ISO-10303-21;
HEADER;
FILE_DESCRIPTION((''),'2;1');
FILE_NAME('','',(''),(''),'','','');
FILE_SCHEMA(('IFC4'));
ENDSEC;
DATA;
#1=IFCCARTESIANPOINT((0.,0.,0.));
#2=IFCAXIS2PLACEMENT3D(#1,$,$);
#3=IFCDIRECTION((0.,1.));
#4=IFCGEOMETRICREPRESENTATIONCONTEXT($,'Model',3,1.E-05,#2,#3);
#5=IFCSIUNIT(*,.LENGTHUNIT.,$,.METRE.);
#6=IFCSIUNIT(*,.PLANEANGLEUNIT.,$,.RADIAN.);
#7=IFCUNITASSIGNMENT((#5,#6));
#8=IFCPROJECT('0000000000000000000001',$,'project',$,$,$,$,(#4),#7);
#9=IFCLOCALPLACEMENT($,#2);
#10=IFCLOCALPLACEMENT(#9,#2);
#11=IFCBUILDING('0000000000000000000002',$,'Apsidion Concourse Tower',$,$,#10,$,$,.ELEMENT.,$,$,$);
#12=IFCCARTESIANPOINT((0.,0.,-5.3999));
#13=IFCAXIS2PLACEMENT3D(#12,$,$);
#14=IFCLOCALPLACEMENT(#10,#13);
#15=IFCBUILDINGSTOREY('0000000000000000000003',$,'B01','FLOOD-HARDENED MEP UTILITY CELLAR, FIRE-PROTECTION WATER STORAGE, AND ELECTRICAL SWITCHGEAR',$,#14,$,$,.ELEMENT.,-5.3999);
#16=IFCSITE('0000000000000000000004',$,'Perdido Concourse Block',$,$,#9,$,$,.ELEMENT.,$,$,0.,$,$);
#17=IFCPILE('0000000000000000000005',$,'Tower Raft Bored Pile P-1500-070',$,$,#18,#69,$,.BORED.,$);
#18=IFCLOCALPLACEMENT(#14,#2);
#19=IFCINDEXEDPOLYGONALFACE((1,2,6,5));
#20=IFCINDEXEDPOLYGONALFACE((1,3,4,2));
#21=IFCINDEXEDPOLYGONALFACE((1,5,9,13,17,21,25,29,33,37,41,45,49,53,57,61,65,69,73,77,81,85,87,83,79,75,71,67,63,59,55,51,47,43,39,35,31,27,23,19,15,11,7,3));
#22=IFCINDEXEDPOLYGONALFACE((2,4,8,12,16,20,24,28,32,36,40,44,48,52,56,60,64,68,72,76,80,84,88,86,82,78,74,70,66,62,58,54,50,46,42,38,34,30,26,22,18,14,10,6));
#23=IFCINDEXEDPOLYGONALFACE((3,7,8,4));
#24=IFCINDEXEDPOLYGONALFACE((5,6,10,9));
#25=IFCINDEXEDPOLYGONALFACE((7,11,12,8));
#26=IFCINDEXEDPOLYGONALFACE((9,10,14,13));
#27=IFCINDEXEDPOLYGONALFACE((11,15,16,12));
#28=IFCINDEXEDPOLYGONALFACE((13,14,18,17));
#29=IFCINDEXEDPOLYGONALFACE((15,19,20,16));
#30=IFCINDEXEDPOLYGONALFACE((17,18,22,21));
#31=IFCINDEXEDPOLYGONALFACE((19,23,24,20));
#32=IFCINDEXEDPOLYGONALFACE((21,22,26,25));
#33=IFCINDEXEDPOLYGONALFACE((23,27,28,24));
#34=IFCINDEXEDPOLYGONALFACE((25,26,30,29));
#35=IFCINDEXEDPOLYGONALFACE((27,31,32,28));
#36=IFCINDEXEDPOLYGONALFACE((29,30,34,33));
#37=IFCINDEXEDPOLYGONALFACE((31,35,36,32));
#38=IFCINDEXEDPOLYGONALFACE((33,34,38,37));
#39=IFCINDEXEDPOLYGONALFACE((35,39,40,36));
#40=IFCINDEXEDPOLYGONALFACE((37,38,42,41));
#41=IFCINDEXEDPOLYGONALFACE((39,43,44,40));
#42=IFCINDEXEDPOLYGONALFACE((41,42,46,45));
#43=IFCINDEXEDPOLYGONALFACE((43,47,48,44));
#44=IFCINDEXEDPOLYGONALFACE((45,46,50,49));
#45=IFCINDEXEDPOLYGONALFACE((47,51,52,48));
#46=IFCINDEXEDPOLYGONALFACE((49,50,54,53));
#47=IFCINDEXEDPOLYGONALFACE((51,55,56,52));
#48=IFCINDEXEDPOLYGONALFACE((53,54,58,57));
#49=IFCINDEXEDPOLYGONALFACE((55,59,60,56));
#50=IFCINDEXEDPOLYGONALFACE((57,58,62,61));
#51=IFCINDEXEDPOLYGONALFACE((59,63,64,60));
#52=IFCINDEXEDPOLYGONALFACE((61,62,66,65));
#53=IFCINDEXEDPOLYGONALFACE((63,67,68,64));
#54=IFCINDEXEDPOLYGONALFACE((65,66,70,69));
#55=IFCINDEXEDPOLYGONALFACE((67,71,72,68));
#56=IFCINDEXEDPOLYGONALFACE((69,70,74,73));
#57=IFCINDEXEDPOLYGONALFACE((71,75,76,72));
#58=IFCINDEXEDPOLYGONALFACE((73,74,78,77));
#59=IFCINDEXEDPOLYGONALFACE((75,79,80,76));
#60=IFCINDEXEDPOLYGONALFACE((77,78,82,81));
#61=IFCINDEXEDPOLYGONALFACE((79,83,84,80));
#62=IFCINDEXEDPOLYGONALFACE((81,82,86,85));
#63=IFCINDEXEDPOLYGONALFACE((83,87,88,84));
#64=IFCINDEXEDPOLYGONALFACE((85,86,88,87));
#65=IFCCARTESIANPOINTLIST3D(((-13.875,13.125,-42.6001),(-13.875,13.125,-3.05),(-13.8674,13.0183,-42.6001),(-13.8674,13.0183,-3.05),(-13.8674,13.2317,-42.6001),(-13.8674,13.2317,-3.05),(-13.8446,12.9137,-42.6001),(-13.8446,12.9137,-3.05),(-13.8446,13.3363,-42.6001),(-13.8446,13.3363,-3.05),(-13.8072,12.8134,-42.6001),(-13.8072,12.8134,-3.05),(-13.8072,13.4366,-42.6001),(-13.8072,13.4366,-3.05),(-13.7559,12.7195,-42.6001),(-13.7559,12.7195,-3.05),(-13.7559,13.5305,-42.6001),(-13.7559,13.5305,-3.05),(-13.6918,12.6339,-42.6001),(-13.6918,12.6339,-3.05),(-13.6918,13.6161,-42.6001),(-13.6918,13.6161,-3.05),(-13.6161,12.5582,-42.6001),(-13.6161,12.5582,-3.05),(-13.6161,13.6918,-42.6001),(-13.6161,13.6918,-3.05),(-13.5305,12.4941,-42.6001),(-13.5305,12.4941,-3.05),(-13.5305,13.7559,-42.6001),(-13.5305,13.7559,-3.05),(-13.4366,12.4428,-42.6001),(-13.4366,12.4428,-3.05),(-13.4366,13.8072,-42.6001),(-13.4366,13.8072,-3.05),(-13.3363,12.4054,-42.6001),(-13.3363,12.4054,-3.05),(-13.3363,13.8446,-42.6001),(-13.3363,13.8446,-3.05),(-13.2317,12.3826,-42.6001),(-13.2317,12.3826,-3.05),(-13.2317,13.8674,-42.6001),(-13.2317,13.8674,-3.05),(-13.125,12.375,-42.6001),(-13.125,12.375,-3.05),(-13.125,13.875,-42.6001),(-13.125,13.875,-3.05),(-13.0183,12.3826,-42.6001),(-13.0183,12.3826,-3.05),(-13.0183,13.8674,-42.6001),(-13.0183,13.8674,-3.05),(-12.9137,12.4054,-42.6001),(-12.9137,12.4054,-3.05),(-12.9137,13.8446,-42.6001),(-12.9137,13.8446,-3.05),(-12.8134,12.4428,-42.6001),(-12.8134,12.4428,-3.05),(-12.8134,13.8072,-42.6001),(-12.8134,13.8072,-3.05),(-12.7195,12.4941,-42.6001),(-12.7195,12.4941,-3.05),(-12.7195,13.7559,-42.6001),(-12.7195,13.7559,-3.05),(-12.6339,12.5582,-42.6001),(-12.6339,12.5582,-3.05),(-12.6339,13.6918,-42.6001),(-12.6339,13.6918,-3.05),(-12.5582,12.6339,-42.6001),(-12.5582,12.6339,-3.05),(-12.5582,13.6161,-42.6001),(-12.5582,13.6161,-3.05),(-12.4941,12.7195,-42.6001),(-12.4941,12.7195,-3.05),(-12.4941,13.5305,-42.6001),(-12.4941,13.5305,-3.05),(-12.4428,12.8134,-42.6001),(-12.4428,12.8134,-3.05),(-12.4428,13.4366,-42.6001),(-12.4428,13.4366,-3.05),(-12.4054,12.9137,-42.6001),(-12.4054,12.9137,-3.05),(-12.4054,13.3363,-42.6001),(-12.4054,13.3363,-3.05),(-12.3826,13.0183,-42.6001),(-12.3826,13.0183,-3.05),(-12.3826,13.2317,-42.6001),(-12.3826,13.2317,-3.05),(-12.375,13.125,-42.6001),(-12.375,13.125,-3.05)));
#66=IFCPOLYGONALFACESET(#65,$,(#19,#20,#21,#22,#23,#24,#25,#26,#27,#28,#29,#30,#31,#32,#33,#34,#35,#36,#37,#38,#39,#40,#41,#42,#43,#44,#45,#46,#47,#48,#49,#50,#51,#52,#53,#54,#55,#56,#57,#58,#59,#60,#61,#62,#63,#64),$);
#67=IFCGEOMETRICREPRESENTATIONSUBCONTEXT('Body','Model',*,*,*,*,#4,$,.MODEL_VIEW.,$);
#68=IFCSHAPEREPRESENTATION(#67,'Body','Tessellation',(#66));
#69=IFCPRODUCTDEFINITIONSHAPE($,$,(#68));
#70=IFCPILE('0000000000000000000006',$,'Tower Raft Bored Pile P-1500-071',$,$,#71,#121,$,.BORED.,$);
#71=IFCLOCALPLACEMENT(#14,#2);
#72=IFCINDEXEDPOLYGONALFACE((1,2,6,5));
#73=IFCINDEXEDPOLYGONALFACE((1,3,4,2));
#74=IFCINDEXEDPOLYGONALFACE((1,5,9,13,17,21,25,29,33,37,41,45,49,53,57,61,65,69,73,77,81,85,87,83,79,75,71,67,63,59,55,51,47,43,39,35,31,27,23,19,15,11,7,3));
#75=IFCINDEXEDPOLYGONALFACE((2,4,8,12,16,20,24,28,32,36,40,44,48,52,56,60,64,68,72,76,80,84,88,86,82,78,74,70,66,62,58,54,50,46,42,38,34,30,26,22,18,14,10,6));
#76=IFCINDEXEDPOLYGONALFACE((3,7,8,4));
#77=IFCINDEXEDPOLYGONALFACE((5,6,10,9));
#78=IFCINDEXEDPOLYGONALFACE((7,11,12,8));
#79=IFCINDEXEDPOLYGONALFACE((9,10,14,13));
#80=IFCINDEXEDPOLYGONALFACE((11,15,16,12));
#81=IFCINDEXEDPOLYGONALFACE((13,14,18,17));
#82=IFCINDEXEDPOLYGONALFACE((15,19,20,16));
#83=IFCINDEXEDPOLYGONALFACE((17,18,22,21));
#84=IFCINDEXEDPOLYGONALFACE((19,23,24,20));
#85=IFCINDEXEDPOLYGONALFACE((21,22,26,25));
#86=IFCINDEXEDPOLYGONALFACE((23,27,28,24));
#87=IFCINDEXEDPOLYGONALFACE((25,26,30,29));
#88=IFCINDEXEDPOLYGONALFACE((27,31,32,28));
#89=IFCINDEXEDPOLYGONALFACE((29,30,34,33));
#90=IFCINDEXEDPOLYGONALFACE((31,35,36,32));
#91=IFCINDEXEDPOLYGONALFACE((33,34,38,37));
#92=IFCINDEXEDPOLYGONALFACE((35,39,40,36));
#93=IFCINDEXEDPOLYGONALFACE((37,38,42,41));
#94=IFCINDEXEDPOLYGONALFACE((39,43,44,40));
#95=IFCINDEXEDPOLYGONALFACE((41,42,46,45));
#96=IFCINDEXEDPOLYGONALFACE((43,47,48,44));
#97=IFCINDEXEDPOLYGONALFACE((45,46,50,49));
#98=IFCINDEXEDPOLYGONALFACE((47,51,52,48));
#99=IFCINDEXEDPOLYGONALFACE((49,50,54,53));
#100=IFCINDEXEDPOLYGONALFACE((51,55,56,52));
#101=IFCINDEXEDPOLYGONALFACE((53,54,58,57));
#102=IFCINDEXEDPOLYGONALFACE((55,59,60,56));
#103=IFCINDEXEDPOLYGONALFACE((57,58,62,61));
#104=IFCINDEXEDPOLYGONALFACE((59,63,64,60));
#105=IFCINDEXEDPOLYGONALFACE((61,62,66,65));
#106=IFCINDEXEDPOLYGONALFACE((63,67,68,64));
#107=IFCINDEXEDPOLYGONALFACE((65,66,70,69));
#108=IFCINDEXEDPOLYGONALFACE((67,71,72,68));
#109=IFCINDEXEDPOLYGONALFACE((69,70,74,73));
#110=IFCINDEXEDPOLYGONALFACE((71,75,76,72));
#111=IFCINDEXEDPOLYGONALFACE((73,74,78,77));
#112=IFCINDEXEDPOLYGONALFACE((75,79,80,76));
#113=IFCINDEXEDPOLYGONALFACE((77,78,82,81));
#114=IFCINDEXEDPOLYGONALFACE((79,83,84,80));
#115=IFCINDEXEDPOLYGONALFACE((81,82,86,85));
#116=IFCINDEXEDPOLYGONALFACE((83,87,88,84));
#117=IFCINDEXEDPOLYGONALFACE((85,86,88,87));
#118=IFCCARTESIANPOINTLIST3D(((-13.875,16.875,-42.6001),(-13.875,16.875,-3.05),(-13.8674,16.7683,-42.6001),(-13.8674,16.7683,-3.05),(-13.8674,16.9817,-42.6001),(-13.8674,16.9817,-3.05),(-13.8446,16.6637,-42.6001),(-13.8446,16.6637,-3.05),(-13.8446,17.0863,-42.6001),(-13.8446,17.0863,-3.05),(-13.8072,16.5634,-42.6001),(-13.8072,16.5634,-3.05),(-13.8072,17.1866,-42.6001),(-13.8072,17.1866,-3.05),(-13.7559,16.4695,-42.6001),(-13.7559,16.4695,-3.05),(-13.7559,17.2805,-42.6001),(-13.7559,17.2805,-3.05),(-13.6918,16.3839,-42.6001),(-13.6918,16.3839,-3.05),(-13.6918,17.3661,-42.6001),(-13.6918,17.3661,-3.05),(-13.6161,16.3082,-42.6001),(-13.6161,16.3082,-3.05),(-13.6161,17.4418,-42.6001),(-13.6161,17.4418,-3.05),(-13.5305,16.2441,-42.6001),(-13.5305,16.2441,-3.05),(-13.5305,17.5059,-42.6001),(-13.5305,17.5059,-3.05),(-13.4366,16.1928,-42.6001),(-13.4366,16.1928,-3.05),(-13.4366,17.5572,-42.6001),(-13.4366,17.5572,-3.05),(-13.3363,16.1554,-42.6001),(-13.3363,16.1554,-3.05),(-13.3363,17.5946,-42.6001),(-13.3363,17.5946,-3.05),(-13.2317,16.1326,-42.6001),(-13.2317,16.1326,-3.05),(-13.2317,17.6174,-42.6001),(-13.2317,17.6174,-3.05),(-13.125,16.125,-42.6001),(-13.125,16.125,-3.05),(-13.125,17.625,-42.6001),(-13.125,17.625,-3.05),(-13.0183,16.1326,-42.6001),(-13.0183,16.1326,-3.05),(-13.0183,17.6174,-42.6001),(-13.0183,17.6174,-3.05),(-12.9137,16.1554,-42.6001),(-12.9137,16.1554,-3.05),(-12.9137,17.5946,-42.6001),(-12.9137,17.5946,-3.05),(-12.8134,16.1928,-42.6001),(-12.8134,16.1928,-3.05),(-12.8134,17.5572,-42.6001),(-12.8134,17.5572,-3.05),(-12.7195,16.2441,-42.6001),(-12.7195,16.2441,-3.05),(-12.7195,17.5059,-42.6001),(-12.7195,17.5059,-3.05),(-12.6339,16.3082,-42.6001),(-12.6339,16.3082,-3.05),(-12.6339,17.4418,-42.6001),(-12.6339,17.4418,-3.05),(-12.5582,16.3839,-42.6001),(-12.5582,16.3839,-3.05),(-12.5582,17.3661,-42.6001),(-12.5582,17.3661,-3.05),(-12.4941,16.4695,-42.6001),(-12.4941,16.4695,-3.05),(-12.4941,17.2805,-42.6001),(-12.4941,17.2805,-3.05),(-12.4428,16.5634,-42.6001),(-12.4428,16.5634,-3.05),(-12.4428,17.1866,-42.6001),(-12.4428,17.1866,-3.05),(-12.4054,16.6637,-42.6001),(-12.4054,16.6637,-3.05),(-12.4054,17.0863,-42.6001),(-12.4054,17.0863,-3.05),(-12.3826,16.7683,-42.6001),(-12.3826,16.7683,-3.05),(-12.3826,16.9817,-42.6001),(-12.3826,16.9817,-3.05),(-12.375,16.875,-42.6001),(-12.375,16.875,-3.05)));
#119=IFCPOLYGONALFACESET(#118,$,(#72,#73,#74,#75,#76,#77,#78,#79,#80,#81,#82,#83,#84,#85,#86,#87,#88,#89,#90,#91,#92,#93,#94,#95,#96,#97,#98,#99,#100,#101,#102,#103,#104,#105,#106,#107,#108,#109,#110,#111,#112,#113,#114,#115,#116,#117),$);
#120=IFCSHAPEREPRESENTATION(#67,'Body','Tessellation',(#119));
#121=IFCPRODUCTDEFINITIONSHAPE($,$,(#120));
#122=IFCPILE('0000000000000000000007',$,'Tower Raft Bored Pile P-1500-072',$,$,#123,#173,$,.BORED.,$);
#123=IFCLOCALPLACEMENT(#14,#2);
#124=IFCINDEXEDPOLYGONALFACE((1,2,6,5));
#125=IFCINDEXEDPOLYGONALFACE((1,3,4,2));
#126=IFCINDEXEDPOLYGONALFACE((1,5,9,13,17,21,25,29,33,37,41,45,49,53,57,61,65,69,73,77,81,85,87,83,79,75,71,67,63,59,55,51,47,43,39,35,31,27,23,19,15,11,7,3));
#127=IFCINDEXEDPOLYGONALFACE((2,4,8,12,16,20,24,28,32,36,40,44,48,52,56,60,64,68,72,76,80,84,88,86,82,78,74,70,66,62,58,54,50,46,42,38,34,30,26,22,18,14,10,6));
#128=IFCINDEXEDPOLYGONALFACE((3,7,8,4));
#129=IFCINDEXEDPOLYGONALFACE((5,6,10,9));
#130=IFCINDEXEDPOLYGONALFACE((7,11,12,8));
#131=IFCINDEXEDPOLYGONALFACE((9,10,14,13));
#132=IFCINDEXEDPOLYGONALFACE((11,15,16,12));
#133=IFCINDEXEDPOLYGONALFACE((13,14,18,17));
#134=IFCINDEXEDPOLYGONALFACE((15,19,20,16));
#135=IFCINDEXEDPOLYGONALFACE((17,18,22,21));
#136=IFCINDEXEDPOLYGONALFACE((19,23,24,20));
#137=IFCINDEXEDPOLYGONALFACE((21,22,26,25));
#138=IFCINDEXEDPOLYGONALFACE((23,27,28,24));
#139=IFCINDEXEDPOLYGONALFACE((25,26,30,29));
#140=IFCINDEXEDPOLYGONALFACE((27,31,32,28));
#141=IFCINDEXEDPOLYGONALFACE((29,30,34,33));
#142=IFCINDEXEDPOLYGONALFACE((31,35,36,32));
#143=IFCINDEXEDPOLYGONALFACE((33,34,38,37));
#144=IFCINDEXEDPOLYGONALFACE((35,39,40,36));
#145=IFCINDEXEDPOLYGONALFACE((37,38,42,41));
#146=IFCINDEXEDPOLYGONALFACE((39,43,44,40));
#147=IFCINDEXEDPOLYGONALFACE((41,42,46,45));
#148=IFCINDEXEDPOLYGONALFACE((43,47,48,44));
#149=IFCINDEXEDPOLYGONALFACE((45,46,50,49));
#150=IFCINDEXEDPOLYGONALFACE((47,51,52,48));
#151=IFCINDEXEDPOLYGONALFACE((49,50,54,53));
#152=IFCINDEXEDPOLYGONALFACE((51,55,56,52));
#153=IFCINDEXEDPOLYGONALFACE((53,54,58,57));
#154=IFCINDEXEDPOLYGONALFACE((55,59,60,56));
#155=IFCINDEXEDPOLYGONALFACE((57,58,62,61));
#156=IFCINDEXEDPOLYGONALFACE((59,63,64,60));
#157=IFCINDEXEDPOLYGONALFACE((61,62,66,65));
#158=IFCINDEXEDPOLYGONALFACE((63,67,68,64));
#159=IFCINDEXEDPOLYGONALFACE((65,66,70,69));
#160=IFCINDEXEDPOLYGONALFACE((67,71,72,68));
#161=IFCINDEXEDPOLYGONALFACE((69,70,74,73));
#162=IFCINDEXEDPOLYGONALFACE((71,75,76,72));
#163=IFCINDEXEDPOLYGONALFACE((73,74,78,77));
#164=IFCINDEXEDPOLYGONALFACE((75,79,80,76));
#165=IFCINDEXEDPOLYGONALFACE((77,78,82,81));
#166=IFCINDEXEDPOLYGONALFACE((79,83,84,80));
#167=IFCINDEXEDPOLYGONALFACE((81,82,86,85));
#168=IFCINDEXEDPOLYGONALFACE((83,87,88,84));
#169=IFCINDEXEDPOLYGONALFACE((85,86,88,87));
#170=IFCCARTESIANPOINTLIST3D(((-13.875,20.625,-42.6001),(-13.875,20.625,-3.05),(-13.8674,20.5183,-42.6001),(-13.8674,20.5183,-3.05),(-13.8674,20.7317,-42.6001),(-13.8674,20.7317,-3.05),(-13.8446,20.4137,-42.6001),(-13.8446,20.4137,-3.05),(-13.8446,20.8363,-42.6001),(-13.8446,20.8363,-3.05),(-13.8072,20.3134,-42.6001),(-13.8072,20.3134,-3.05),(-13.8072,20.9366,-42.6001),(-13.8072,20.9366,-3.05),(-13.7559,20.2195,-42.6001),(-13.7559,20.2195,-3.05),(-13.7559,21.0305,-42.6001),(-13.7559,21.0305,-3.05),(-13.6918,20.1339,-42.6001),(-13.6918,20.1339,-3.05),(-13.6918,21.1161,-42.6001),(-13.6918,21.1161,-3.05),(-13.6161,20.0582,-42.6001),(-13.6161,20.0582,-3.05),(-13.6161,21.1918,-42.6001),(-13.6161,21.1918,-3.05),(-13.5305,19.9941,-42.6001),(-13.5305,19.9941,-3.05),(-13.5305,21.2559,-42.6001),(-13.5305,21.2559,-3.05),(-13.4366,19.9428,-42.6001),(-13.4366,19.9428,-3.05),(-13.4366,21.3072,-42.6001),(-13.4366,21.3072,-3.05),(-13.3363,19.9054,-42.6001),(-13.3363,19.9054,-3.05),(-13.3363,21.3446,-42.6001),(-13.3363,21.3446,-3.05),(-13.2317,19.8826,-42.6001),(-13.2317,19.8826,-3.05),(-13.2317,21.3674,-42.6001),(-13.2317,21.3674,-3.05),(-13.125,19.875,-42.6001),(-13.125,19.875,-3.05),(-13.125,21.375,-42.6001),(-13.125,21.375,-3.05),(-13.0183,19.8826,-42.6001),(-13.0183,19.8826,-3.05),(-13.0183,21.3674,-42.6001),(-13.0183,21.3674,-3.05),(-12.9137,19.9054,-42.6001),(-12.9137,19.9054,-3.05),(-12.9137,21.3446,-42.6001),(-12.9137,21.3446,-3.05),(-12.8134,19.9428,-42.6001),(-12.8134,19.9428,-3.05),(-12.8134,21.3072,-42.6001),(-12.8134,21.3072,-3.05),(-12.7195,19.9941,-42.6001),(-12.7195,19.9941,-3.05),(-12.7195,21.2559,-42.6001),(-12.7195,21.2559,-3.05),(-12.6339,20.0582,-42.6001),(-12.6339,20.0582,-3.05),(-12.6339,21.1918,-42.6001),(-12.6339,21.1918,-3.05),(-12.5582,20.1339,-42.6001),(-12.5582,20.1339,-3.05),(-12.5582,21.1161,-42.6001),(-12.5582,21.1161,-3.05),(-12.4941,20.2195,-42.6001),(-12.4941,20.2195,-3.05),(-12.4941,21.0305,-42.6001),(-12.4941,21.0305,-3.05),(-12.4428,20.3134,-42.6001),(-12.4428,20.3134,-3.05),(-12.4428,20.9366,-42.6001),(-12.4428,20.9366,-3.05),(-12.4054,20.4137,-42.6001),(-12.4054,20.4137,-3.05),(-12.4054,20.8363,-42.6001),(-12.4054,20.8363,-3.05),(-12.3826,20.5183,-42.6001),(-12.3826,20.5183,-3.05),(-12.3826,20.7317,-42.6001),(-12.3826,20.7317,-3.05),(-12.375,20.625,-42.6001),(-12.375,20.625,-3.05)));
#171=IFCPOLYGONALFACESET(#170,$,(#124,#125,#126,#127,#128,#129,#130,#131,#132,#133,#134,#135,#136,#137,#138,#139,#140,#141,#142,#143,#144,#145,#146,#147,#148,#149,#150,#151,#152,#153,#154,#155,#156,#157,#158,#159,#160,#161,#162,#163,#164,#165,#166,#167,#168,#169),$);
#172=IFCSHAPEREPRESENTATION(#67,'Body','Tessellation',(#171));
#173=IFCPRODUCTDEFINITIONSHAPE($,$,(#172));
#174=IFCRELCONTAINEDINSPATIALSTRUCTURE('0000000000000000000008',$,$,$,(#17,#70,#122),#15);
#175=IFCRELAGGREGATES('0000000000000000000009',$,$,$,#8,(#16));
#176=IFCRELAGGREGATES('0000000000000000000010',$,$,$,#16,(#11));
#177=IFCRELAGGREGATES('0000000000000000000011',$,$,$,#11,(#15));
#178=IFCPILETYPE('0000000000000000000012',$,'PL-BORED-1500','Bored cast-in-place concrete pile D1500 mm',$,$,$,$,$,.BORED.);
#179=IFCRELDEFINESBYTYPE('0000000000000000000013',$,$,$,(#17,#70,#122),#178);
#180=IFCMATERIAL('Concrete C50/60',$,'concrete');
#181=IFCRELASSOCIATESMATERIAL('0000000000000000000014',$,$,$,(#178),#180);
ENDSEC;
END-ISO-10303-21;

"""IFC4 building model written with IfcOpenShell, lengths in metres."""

from ifc_helpers import new_model, si_unit, direction, frame, origin, origin_2d, place, context, subcontext, project, spatial, circle, extrude, material, material_profile, profile_set, type_object, element, save


model = new_model("IFC4")

# Units and contexts
model_context = context("Model", 3, precision=1e-05, world=origin(), true_north=direction((0.0, 1.0)))
body_context = subcontext(model_context, "Body", "Model", "MODEL_VIEW")
ifc_project = project(units=[si_unit("LENGTHUNIT", "METRE"), si_unit("PLANEANGLEUNIT", "RADIAN")], contexts=[model_context])

# Site, building, storey
site_placement = place(None, origin())
site = spatial("IfcSite", under=ifc_project, at=site_placement, Name="Perdido Concourse Block", CompositionType="ELEMENT", RefElevation=0.0)
building_placement = place(site_placement, origin())
building = spatial("IfcBuilding", under=site, at=building_placement, Name="Apsidion Concourse Tower", CompositionType="ELEMENT")
storey_placement = place(building_placement, frame((0.0, 0.0, -5.3999)))
storey = spatial("IfcBuildingStorey", under=building, at=storey_placement, Name="B01", Description="FLOOD-HARDENED MEP UTILITY CELLAR, FIRE-PROTECTION WATER STORAGE, AND ELECTRICAL SWITCHGEAR", CompositionType="ELEMENT", Elevation=-5.3999)

# Shared definitions
ifc_material_1 = material(Name="Concrete C50/60", Category="concrete")

# Piles
ifc_material_profile_1 = material_profile(ifc_material_1, circle(Radius=0.75, at=origin_2d()), Name="BORED PILE D1500")
ifc_profile_set_1 = profile_set([ifc_material_profile_1], Name="Concrete C50/60")
pile_type_1 = type_object("IfcPileType", Name="PL-BORED-1500", Description="Bored cast-in-place concrete pile D1500 mm", PredefinedType="BORED", material=ifc_profile_set_1)
for number, where, z_axis, x_axis, name in (
    (1, (-13.125, 13.125, -3.05), (0.0, 0.0, -1.0), (1.0, 0.0, 0.0), "Tower Raft Bored Pile P-1500-070"),
    (2, (-13.125, 16.875, -3.05), (0.0, 0.0, -1.0), (1.0, 0.0, 0.0), "Tower Raft Bored Pile P-1500-071"),
    (3, (-13.125, 20.625, -3.05), (0.0, 0.0, -1.0), (1.0, 0.0, 0.0), "Tower Raft Bored Pile P-1500-072"),
):
    element("IfcPile", number, at=place(storey_placement, frame(where, z_axis=z_axis, x_axis=x_axis)), inside=storey, type_object=pile_type_1, Name=name, PredefinedType="BORED", context=body_context, shape_type="SweptSolid", body=[
        extrude(circle(Radius=0.75, at=origin_2d()), origin(), (0.0, 0.0, 1.0), 39.55),
    ])

save(model, "model.ifc")
